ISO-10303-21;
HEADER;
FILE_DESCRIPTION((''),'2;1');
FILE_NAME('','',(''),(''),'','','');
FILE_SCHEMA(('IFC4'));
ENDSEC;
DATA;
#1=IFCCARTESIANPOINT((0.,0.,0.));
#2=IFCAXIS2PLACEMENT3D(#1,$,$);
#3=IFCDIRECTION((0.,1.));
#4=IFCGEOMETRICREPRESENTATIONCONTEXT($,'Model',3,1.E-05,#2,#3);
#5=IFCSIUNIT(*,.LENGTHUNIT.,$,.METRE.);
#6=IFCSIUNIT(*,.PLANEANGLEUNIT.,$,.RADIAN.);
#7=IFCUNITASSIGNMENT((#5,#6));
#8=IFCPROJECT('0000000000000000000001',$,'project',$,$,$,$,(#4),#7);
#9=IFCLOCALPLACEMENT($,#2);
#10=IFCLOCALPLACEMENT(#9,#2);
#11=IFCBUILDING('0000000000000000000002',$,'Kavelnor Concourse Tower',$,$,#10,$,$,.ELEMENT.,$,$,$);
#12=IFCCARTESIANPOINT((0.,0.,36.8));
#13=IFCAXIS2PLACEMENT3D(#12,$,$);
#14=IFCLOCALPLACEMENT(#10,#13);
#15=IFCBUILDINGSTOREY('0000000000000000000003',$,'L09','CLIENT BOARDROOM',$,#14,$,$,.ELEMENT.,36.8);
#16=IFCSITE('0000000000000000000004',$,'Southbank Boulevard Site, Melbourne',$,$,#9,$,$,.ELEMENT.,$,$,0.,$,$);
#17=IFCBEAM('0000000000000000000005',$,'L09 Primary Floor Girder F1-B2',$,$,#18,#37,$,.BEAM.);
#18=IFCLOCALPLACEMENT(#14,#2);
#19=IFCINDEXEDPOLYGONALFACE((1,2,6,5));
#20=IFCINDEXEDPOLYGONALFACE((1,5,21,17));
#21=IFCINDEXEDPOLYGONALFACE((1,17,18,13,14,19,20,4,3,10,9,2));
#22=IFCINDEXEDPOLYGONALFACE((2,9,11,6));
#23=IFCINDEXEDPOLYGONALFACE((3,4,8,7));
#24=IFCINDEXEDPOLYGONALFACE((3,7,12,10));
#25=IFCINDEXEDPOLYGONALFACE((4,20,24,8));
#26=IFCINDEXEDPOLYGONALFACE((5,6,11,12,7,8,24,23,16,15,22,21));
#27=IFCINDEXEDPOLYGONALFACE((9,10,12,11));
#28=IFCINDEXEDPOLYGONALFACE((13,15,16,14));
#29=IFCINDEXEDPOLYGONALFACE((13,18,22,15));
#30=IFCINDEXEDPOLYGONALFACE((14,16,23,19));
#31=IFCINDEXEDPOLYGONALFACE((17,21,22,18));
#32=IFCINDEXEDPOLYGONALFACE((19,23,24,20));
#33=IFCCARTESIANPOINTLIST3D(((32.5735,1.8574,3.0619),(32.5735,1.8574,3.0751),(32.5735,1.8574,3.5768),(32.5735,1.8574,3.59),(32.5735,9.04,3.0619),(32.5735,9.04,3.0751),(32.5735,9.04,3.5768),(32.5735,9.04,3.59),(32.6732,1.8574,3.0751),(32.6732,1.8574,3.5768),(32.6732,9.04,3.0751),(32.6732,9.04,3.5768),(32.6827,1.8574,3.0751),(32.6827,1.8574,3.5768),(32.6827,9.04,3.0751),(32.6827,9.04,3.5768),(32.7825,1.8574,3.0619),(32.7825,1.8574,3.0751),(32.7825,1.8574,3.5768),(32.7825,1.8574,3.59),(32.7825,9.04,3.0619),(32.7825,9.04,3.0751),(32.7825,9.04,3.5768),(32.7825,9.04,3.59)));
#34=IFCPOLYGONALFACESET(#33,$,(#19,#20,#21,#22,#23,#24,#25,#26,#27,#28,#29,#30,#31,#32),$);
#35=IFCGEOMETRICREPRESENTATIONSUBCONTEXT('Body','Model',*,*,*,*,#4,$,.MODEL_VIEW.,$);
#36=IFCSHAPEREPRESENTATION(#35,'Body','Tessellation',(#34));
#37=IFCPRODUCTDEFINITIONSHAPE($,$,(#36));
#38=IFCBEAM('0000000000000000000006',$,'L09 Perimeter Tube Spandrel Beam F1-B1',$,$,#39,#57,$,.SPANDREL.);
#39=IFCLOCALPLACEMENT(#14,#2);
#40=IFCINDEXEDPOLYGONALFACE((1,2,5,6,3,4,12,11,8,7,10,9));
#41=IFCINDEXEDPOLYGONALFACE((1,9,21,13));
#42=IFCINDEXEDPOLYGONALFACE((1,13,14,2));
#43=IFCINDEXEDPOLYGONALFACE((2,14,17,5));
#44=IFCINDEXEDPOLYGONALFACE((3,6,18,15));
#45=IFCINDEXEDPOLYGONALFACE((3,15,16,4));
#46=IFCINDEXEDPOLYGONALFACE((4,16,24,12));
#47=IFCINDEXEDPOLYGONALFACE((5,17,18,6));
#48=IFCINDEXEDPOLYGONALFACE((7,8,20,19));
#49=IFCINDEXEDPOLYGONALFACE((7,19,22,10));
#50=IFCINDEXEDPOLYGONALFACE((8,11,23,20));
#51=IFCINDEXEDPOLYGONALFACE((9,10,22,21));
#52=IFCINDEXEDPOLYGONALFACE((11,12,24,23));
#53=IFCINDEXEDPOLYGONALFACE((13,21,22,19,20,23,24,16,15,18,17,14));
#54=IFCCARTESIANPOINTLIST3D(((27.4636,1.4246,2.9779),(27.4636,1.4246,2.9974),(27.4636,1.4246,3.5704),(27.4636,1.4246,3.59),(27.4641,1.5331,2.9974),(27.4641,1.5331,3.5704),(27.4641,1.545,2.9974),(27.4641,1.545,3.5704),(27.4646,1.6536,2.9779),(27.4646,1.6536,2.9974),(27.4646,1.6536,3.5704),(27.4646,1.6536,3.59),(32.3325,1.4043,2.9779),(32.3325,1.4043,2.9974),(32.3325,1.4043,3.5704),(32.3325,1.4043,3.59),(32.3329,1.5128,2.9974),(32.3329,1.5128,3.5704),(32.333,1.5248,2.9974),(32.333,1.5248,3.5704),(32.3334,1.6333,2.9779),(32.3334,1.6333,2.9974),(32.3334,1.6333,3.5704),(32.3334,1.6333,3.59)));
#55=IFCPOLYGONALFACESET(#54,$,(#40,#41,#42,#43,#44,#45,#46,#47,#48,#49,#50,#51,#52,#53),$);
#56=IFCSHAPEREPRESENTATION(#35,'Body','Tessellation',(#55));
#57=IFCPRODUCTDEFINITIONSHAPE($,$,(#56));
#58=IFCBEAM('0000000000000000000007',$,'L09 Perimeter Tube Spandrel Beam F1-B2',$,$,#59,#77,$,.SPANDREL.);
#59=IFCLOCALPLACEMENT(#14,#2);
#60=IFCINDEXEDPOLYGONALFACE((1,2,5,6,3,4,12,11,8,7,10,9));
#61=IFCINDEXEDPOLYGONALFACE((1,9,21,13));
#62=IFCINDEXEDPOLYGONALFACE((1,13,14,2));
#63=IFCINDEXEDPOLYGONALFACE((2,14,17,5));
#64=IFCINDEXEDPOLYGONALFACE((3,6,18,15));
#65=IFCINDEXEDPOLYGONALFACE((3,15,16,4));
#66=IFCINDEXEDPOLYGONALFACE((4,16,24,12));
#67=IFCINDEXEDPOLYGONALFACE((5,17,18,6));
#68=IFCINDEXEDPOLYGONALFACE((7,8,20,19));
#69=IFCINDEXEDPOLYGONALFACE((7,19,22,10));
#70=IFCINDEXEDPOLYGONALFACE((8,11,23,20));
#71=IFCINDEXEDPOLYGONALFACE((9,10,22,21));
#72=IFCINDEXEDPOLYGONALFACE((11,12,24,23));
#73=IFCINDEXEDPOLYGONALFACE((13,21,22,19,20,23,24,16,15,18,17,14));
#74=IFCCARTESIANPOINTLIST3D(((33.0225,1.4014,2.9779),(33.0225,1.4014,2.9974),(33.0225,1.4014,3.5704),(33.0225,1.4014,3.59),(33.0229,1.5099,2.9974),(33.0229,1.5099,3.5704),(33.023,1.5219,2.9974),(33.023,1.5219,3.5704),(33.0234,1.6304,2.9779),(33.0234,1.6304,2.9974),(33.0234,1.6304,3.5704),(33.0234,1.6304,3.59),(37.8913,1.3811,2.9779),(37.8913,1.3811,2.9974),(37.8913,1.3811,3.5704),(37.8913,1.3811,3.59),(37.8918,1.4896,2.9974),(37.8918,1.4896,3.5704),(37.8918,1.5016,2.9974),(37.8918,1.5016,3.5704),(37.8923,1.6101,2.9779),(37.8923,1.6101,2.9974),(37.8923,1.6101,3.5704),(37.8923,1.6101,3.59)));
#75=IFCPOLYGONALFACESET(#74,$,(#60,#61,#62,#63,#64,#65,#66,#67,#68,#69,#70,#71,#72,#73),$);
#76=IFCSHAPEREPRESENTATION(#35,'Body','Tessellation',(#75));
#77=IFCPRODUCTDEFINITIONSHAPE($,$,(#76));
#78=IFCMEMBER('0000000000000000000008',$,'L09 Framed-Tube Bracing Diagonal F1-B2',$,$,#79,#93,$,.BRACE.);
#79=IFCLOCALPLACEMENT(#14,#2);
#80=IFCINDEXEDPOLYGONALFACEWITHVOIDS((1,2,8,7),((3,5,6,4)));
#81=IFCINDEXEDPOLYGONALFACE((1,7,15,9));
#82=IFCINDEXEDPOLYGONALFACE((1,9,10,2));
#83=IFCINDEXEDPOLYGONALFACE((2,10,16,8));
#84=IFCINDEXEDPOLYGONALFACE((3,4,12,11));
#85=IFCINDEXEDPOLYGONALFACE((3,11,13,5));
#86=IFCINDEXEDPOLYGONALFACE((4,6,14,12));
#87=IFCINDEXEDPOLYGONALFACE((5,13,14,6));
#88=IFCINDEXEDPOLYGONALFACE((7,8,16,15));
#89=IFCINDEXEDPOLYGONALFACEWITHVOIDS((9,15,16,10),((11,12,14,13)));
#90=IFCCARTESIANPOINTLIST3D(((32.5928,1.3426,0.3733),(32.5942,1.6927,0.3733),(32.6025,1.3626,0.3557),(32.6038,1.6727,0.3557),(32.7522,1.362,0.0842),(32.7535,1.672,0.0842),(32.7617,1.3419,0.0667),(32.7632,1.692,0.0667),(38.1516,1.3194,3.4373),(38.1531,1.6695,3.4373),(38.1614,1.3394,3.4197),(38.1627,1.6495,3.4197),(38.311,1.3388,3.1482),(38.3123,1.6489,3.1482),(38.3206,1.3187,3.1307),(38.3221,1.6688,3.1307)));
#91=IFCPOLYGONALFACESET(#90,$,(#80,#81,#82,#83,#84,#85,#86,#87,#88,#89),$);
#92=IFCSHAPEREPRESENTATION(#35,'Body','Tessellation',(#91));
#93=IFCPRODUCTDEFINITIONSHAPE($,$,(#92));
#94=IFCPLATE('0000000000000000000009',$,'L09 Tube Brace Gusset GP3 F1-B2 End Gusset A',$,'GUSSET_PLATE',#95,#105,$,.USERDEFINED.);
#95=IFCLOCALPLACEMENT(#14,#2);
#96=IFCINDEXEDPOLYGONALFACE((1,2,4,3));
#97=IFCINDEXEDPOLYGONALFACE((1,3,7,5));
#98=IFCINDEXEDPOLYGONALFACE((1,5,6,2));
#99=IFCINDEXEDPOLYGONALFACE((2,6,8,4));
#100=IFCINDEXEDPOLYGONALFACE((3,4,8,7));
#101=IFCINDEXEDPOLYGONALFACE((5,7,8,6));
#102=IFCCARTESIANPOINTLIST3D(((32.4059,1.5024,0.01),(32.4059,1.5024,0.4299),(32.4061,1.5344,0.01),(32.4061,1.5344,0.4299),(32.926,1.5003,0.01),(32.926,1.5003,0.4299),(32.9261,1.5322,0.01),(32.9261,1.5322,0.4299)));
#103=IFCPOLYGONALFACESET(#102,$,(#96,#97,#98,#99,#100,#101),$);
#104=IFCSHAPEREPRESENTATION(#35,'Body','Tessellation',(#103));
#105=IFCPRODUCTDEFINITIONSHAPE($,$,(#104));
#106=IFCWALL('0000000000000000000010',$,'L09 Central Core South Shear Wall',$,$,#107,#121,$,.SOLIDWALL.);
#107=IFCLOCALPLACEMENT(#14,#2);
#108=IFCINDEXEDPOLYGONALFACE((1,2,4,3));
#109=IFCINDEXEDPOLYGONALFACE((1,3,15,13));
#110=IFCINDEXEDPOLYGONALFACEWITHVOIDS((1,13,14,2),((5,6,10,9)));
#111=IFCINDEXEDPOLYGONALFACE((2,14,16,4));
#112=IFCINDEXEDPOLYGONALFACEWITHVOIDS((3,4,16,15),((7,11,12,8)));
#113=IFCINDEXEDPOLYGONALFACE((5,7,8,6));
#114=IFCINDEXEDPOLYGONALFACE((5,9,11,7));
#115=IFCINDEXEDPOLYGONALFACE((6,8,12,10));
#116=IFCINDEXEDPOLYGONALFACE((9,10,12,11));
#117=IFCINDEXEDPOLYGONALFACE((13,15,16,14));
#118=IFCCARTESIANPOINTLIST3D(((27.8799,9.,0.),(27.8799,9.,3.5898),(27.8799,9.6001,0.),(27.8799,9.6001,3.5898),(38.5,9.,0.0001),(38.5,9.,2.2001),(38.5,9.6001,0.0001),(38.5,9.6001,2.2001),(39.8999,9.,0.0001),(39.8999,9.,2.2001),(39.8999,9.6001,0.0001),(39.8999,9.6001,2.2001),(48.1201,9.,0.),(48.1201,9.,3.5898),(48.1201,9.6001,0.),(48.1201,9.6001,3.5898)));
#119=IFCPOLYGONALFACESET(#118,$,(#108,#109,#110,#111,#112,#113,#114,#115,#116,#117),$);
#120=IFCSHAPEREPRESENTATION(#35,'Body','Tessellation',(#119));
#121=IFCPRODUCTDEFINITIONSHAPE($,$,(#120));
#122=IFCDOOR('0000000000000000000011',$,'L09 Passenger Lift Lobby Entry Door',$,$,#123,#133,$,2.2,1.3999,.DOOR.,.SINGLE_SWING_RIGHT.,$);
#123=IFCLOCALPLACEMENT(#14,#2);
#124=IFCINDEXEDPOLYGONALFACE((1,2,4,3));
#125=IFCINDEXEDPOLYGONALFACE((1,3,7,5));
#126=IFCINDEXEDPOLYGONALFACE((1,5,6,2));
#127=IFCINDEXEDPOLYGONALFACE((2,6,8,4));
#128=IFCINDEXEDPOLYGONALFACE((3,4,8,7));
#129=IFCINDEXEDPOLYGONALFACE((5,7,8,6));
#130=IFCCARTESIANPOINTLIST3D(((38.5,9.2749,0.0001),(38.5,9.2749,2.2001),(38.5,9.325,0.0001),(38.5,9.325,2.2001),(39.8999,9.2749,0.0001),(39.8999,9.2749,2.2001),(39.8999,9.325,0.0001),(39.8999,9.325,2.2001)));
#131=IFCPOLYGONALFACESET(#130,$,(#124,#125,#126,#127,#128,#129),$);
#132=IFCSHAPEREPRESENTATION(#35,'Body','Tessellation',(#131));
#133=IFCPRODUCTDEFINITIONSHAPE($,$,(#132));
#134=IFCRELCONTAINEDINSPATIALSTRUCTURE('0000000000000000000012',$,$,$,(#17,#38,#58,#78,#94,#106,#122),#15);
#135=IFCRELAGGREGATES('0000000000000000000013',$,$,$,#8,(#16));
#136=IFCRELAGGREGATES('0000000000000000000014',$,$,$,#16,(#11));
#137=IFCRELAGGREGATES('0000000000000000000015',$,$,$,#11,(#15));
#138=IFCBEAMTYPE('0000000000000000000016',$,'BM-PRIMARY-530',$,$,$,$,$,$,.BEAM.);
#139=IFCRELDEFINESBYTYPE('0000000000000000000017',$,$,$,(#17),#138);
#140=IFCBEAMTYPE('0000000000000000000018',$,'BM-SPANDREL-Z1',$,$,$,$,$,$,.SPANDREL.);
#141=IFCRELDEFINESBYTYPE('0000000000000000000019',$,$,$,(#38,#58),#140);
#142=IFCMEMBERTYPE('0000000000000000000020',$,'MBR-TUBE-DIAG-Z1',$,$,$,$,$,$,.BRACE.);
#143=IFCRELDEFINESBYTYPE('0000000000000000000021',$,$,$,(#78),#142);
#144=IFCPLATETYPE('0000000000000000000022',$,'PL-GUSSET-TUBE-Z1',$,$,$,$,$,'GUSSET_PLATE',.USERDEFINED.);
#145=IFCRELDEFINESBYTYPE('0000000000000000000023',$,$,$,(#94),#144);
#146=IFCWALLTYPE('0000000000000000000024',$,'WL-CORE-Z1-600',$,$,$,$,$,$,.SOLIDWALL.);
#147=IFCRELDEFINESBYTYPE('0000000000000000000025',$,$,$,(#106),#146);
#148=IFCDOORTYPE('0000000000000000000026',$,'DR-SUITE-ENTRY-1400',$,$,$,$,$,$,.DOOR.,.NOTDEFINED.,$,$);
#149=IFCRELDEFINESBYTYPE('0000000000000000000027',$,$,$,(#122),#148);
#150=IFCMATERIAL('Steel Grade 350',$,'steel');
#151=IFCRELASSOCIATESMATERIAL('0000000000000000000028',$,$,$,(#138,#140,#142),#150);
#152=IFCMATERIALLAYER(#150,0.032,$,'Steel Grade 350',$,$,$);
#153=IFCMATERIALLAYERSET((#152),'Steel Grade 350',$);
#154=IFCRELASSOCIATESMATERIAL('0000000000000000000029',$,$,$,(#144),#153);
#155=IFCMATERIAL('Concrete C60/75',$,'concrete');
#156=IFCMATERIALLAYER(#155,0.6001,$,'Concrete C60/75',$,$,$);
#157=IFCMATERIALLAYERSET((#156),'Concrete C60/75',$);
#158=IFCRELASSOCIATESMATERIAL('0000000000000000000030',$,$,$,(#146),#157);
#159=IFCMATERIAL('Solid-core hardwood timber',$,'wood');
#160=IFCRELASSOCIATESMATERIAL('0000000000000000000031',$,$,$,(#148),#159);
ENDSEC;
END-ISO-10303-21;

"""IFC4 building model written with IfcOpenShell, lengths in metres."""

from ifc_helpers import new_model, si_unit, direction, frame, frame_2d, origin, origin_2d, place, context, subcontext, project, spatial, rectangle, hollow_rectangle, i_section, extrude, material, layer, layer_set, material_profile, profile_set, type_object, element, fill, save


model = new_model("IFC4")

# Units and contexts
model_context = context("Model", 3, precision=1e-05, world=origin(), true_north=direction((0.0, 1.0)))
body_context = subcontext(model_context, "Body", "Model", "MODEL_VIEW")
ifc_project = project(units=[si_unit("LENGTHUNIT", "METRE"), si_unit("PLANEANGLEUNIT", "RADIAN")], contexts=[model_context])

# Site, building, storey
site_placement = place(None, origin())
site = spatial("IfcSite", under=ifc_project, at=site_placement, Name="Southbank Boulevard Site, Melbourne", CompositionType="ELEMENT", RefElevation=0.0)
building_placement = place(site_placement, origin())
building = spatial("IfcBuilding", under=site, at=building_placement, Name="Kavelnor Concourse Tower", CompositionType="ELEMENT")
storey_placement = place(building_placement, frame((0.0, 0.0, 36.8)))
storey = spatial("IfcBuildingStorey", under=building, at=storey_placement, Name="L09", Description="CLIENT BOARDROOM", CompositionType="ELEMENT", Elevation=36.8)

# Shared definitions
ifc_material_1 = material(Name="Steel Grade 350", Category="steel")

# Beams
ifc_material_profile_1 = material_profile(ifc_material_1, i_section(OverallWidth=0.209, OverallDepth=0.5281, WebThickness=0.0095, FlangeThickness=0.0132, at=origin_2d()), Name="530UB82")
ifc_profile_set_1 = profile_set([ifc_material_profile_1], Name="Steel Grade 350")
beam_type_1 = type_object("IfcBeamType", Name="BM-PRIMARY-530", PredefinedType="BEAM", material=ifc_profile_set_1)
beam_1_placement = place(storey_placement, frame((32.678, 9.04, 3.3259), z_axis=(0.0, -1.0, 0.0), x_axis=(1.0, 0.0, 0.0)))
element("IfcBeam", 1, at=beam_1_placement, inside=storey, type_object=beam_type_1, Name="L09 Primary Floor Girder F1-B2", PredefinedType="BEAM", context=body_context, shape_type="SweptSolid", body=[
    extrude(i_section(OverallWidth=0.209, OverallDepth=0.5281, WebThickness=0.0095, FlangeThickness=0.0132, at=origin_2d()), origin(), (0.0, 0.0, 1.0), 7.1826),
])
ifc_material_profile_2 = material_profile(ifc_material_1, i_section(OverallWidth=0.229, OverallDepth=0.6121, WebThickness=0.012, FlangeThickness=0.0195, at=origin_2d()), Name="610UB125")
ifc_profile_set_2 = profile_set([ifc_material_profile_2], Name="Steel Grade 350")
beam_type_2 = type_object("IfcBeamType", Name="BM-SPANDREL-Z1", PredefinedType="SPANDREL", material=ifc_profile_set_2)
for number, where, z_axis, x_axis, name in (
    (2, (27.4641, 1.5391, 3.2839), (0.999991, -0.004162, 0.0), (0.004162, 0.999991, 0.0), "L09 Perimeter Tube Spandrel Beam F1-B1"),
    (3, (33.0229, 1.5159, 3.2839), (0.999991, -0.004162, 0.0), (0.004162, 0.999991, 0.0), "L09 Perimeter Tube Spandrel Beam F1-B2"),
):
    element("IfcBeam", number, at=place(storey_placement, frame(where, z_axis=z_axis, x_axis=x_axis)), inside=storey, type_object=beam_type_2, Name=name, PredefinedType="SPANDREL", context=body_context, shape_type="SweptSolid", body=[
        extrude(i_section(OverallWidth=0.229, OverallDepth=0.6121, WebThickness=0.012, FlangeThickness=0.0195, at=origin_2d()), origin(), (0.0, 0.0, 1.0), 4.8689),
    ])

# Member
ifc_material_profile_3 = material_profile(ifc_material_1, hollow_rectangle(XDim=0.3501, YDim=0.3501, WallThickness=0.02, at=origin_2d()), Name="SHS 350x350x20")
ifc_profile_set_3 = profile_set([ifc_material_profile_3], Name="Steel Grade 350")
member_type = type_object("IfcMemberType", Name="MBR-TUBE-DIAG-Z1", PredefinedType="BRACE", material=ifc_profile_set_3)
member_placement = place(storey_placement, frame((32.678, 1.5173, 0.22), z_axis=(0.87577, -0.003654, 0.482714), x_axis=(0.004172, 0.999991, 0.0)))
element("IfcMember", 4, at=member_placement, inside=storey, type_object=member_type, Name="L09 Framed-Tube Bracing Diagonal F1-B2", PredefinedType="BRACE", context=body_context, shape_type="SweptSolid", body=[
    extrude(hollow_rectangle(XDim=0.3501, YDim=0.3501, WallThickness=0.02, at=origin_2d()), origin(), (0.0, 0.0, 1.0), 6.3474),
])

# Plate
ifc_layer_1 = layer(ifc_material_1, 0.032, Name="Steel Grade 350")
ifc_layer_set_1 = layer_set([ifc_layer_1], Name="Steel Grade 350")
plate_type = type_object("IfcPlateType", Name="PL-GUSSET-TUBE-Z1", ElementType="GUSSET_PLATE", PredefinedType="USERDEFINED", material=ifc_layer_set_1)
plate_placement = place(storey_placement, frame((32.666, 1.5173, 0.01), z_axis=(0.0, 0.0, 1.0), x_axis=(0.999991, -0.004189, 0.0)))
element("IfcPlate", 5, at=plate_placement, inside=storey, type_object=plate_type, Name="L09 Tube Brace Gusset GP3 F1-B2 End Gusset A", ObjectType="GUSSET_PLATE", PredefinedType="USERDEFINED", context=body_context, shape_type="SweptSolid", body=[
    extrude(rectangle(XDim=0.52, YDim=0.032, at=origin_2d()), origin(), (0.0, 0.0, 1.0), 0.4199),
])

# Wall, opening, door
ifc_material_2 = material(Name="Concrete C60/75", Category="concrete")
ifc_layer_2 = layer(ifc_material_2, 0.6001, Name="Concrete C60/75")
ifc_layer_set_2 = layer_set([ifc_layer_2], Name="Concrete C60/75")
wall_type = type_object("IfcWallType", Name="WL-CORE-Z1-600", PredefinedType="SOLIDWALL", material=ifc_layer_set_2)
wall_placement = place(storey_placement, frame((27.8799, 9.3, 0.0), z_axis=(0.0, 0.0, 1.0), x_axis=(1.0, 0.0, 0.0)))
wall = element("IfcWall", 6, at=wall_placement, inside=storey, type_object=wall_type, Name="L09 Central Core South Shear Wall", PredefinedType="SOLIDWALL", context=body_context, shape_type="SweptSolid", body=[
    extrude(rectangle(XDim=20.2402, YDim=0.6001, at=frame_2d((10.1201, 0.0))), origin(), (0.0, 0.0, 1.0), 3.5898),
])
opening_placement = place(wall_placement, frame((10.6201, 0.0, 0.0)))
opening = element("IfcOpeningElement", 7, at=opening_placement, cuts=wall, PredefinedType="OPENING", context=body_context, shape_type="SweptSolid", body=[
    extrude(rectangle(XDim=1.3999, YDim=2.2, at=frame_2d((0.7, 1.1001))), frame((0.0, 0.3101, 0.0), z_axis=(0.0, -1.0, 0.0), x_axis=(1.0, 0.0, 0.0)), (0.0, 0.0, 1.0), 0.6201),
])
ifc_material_3 = material(Name="Solid-core hardwood timber", Category="wood")
door_type = type_object("IfcDoorType", Name="DR-SUITE-ENTRY-1400", OperationType="NOTDEFINED", PredefinedType="DOOR", material=ifc_material_3)
door_placement = place(opening_placement, origin())
door = element("IfcDoor", 8, at=door_placement, inside=storey, type_object=door_type, Name="L09 Passenger Lift Lobby Entry Door", OperationType="SINGLE_SWING_RIGHT", OverallHeight=2.2, OverallWidth=1.3999, PredefinedType="DOOR", context=body_context, shape_type="SweptSolid", body=[
    extrude(rectangle(XDim=1.3999, YDim=2.2, at=frame_2d((0.7, 1.1001))), frame((0.0, 0.0249, 0.0), z_axis=(0.0, -1.0, 0.0), x_axis=(1.0, 0.0, 0.0)), (0.0, 0.0, 1.0), 0.05),
])
fill(opening, door)

save(model, "model.ifc")
